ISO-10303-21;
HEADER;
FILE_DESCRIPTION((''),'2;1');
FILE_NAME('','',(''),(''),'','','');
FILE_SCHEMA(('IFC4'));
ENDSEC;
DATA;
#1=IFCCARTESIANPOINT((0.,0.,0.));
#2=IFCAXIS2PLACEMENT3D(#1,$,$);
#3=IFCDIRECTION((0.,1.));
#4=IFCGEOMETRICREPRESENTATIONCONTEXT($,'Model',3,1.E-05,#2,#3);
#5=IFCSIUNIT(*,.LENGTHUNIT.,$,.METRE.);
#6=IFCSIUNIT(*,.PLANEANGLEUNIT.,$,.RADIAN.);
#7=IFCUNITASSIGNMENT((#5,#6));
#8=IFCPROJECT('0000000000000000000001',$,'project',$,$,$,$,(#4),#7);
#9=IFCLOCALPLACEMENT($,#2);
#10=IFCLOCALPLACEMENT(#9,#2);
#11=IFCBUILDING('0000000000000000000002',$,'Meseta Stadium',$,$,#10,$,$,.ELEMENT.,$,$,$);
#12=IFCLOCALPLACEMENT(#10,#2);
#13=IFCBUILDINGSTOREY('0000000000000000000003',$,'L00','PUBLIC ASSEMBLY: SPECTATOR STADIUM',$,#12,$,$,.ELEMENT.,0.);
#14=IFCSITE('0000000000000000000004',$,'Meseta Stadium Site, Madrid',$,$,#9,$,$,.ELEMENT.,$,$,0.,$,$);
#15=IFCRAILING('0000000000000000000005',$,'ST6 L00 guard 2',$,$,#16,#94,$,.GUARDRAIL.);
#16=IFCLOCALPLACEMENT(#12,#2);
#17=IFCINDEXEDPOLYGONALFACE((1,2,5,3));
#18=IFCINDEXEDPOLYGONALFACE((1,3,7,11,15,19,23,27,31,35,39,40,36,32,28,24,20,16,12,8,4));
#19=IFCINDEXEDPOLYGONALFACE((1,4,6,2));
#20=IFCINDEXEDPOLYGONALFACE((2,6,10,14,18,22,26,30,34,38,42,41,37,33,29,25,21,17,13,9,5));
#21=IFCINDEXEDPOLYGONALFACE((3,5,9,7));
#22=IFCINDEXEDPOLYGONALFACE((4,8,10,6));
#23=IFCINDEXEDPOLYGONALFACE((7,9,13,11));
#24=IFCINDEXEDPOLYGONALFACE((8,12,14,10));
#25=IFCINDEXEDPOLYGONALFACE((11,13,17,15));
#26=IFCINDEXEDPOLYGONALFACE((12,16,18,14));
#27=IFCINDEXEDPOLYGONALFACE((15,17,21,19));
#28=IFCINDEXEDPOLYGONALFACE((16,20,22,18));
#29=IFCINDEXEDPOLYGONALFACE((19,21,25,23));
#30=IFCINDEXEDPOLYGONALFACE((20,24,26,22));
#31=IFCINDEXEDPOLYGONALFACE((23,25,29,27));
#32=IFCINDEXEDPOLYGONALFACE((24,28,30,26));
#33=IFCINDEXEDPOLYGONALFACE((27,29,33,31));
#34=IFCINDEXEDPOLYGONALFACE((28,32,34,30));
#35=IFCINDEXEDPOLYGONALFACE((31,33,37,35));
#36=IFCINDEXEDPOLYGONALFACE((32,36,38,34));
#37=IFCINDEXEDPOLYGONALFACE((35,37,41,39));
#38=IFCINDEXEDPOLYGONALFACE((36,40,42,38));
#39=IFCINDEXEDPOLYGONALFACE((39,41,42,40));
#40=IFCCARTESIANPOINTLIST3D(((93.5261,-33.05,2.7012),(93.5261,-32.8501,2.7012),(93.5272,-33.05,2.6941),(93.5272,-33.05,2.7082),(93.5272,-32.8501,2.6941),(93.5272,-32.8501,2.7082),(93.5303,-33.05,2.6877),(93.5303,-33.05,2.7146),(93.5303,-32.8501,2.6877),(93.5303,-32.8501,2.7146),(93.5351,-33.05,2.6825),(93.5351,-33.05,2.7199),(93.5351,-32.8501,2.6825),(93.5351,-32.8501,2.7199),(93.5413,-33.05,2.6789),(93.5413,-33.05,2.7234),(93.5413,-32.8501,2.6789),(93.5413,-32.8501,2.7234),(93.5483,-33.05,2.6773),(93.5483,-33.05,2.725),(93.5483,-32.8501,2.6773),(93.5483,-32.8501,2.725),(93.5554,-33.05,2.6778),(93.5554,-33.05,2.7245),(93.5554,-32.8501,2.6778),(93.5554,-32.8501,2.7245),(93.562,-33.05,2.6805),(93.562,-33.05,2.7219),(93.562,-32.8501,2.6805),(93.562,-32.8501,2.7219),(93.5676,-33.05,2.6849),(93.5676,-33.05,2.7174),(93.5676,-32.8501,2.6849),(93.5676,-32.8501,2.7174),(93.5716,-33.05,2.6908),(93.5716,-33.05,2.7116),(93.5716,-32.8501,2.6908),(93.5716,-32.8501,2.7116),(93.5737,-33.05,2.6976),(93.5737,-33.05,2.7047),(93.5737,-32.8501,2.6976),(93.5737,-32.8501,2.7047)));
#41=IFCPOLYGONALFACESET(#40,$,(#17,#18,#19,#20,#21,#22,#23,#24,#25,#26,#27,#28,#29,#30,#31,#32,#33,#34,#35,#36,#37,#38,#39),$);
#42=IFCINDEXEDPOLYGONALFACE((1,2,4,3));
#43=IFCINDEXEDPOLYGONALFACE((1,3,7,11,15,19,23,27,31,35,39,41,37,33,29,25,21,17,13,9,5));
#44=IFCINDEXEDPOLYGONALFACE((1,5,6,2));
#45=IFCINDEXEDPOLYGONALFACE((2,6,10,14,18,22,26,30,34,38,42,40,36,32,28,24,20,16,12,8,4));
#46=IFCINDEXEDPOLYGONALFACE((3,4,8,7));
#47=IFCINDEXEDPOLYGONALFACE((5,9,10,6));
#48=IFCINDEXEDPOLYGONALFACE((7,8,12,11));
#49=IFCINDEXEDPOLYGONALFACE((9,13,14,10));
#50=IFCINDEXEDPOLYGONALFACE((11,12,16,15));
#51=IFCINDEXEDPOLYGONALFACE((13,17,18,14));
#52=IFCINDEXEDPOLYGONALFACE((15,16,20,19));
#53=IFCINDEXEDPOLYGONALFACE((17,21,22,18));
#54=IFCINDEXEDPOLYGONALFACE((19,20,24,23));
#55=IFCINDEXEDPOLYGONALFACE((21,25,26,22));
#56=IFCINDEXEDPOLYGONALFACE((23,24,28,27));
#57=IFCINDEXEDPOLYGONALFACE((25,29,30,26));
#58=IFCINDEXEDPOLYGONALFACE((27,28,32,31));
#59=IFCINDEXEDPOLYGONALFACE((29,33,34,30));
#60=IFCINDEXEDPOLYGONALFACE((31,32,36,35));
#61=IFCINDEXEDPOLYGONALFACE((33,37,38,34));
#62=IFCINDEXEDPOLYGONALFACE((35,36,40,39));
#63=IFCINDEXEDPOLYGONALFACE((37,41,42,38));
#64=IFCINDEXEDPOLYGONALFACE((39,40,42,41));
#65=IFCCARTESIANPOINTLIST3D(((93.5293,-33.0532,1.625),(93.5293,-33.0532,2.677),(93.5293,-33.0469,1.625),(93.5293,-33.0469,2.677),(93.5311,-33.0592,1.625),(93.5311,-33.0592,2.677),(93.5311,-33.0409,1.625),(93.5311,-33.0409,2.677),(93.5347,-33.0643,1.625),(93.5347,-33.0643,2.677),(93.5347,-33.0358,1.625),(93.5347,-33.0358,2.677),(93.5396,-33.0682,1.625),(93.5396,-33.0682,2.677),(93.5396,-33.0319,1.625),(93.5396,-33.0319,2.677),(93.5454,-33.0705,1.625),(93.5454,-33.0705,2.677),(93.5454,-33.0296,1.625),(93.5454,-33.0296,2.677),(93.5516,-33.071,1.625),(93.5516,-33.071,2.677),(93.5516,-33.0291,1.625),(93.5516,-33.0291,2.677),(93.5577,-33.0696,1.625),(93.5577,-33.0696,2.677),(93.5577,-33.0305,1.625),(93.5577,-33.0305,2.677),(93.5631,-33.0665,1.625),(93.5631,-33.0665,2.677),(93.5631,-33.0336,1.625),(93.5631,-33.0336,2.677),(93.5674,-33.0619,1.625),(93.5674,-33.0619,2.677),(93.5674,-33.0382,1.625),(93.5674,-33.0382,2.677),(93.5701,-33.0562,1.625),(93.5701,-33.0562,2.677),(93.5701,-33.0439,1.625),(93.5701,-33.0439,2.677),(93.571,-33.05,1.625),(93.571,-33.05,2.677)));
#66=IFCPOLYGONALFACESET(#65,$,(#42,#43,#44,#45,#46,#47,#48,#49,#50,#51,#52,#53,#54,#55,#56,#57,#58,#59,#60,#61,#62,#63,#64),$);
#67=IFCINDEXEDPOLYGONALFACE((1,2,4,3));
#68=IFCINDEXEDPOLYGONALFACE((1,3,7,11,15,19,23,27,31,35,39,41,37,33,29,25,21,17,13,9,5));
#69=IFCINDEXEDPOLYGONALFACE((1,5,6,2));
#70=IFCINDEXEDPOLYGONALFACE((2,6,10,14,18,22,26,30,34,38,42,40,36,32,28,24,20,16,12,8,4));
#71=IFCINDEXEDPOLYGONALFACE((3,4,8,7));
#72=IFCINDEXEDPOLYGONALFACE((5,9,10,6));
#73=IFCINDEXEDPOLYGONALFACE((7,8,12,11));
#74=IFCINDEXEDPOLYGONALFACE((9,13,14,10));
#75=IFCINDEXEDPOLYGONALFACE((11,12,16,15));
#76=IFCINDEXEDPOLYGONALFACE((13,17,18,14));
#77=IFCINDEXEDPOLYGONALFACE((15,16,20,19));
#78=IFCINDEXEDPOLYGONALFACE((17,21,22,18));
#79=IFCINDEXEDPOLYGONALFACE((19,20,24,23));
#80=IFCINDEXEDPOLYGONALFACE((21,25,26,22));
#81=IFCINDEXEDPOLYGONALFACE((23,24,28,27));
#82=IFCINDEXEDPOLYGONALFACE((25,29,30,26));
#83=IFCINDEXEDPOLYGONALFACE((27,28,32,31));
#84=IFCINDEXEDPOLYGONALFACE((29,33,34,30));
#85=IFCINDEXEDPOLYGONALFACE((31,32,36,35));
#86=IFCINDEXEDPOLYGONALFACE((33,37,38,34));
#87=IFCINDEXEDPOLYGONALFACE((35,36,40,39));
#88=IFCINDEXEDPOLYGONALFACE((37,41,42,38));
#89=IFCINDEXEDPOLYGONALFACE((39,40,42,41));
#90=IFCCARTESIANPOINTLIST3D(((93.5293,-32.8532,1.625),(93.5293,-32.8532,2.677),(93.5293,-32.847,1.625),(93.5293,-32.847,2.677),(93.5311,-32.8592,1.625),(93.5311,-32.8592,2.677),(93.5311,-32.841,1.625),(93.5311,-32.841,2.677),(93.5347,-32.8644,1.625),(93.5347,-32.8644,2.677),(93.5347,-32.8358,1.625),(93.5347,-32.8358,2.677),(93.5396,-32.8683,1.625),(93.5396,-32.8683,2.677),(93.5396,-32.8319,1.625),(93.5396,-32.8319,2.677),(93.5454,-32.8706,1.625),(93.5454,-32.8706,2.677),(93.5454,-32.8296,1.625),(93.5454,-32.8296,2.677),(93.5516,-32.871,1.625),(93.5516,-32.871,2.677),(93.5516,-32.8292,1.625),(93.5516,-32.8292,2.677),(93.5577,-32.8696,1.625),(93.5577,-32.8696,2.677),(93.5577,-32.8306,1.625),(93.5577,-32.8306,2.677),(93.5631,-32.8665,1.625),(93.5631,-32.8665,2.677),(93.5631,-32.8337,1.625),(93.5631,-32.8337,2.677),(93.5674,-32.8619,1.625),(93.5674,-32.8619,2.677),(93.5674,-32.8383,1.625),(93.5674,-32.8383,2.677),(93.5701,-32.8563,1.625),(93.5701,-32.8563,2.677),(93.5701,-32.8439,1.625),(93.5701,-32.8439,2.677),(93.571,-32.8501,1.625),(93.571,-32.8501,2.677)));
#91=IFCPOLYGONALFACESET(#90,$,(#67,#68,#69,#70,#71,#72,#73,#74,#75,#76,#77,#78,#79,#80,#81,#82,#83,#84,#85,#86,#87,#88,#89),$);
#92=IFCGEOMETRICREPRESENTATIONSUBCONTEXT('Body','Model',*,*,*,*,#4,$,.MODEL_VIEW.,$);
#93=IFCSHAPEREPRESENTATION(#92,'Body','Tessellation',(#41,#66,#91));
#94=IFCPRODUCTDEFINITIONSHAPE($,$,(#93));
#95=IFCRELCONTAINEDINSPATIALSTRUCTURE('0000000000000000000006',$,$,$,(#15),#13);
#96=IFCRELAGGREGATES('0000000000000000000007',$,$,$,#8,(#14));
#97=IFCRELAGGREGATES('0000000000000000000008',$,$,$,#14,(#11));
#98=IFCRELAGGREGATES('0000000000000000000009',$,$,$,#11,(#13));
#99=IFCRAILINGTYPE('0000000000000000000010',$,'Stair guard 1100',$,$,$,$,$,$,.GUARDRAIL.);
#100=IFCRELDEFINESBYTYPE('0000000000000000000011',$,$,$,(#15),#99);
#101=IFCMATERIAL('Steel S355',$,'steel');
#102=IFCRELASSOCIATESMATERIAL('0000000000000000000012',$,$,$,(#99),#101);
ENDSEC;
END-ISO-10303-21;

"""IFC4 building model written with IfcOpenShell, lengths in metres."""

from ifc_helpers import new_model, si_unit, direction, frame, origin, origin_2d, place, context, subcontext, project, spatial, circle, extrude, material, type_object, element, save


model = new_model("IFC4")

# Units and contexts
model_context = context("Model", 3, precision=1e-05, world=origin(), true_north=direction((0.0, 1.0)))
body_context = subcontext(model_context, "Body", "Model", "MODEL_VIEW")
ifc_project = project(units=[si_unit("LENGTHUNIT", "METRE"), si_unit("PLANEANGLEUNIT", "RADIAN")], contexts=[model_context])

# Site, building, storey
site_placement = place(None, origin())
site = spatial("IfcSite", under=ifc_project, at=site_placement, Name="Meseta Stadium Site, Madrid", CompositionType="ELEMENT", RefElevation=0.0)
building_placement = place(site_placement, origin())
building = spatial("IfcBuilding", under=site, at=building_placement, Name="Meseta Stadium", CompositionType="ELEMENT")
storey_placement = place(building_placement, origin())
storey = spatial("IfcBuildingStorey", under=building, at=storey_placement, Name="L00", Description="PUBLIC ASSEMBLY: SPECTATOR STADIUM", CompositionType="ELEMENT", Elevation=0.0)

# Railing
ifc_material_1 = material(Name="Steel S355", Category="steel")
railing_type_1 = type_object("IfcRailingType", Name="Stair guard 1100", PredefinedType="GUARDRAIL", material=ifc_material_1)
railing_1_placement = place(storey_placement, frame((93.55, -33.05, 1.625)))
element("IfcRailing", 1, at=railing_1_placement, inside=storey, type_object=railing_type_1, Name="ST6 L00 guard 2", PredefinedType="GUARDRAIL", context=body_context, shape_type="SweptSolid", body=[
    extrude(circle(Radius=0.0239, at=origin_2d()), frame((0.0, 0.0, 1.0762), z_axis=(0.0, 1.0, 0.0), x_axis=(-1.0, 0.0, 0.0)), (0.0, 0.0, 1.0), 0.2),
    extrude(circle(Radius=0.021, at=origin_2d()), origin(), (0.0, 0.0, 1.0), 1.052),
    extrude(circle(Radius=0.021, at=origin_2d()), frame((0.0, 0.2, 0.0)), (0.0, 0.0, 1.0), 1.052),
])

save(model, "model.ifc")
